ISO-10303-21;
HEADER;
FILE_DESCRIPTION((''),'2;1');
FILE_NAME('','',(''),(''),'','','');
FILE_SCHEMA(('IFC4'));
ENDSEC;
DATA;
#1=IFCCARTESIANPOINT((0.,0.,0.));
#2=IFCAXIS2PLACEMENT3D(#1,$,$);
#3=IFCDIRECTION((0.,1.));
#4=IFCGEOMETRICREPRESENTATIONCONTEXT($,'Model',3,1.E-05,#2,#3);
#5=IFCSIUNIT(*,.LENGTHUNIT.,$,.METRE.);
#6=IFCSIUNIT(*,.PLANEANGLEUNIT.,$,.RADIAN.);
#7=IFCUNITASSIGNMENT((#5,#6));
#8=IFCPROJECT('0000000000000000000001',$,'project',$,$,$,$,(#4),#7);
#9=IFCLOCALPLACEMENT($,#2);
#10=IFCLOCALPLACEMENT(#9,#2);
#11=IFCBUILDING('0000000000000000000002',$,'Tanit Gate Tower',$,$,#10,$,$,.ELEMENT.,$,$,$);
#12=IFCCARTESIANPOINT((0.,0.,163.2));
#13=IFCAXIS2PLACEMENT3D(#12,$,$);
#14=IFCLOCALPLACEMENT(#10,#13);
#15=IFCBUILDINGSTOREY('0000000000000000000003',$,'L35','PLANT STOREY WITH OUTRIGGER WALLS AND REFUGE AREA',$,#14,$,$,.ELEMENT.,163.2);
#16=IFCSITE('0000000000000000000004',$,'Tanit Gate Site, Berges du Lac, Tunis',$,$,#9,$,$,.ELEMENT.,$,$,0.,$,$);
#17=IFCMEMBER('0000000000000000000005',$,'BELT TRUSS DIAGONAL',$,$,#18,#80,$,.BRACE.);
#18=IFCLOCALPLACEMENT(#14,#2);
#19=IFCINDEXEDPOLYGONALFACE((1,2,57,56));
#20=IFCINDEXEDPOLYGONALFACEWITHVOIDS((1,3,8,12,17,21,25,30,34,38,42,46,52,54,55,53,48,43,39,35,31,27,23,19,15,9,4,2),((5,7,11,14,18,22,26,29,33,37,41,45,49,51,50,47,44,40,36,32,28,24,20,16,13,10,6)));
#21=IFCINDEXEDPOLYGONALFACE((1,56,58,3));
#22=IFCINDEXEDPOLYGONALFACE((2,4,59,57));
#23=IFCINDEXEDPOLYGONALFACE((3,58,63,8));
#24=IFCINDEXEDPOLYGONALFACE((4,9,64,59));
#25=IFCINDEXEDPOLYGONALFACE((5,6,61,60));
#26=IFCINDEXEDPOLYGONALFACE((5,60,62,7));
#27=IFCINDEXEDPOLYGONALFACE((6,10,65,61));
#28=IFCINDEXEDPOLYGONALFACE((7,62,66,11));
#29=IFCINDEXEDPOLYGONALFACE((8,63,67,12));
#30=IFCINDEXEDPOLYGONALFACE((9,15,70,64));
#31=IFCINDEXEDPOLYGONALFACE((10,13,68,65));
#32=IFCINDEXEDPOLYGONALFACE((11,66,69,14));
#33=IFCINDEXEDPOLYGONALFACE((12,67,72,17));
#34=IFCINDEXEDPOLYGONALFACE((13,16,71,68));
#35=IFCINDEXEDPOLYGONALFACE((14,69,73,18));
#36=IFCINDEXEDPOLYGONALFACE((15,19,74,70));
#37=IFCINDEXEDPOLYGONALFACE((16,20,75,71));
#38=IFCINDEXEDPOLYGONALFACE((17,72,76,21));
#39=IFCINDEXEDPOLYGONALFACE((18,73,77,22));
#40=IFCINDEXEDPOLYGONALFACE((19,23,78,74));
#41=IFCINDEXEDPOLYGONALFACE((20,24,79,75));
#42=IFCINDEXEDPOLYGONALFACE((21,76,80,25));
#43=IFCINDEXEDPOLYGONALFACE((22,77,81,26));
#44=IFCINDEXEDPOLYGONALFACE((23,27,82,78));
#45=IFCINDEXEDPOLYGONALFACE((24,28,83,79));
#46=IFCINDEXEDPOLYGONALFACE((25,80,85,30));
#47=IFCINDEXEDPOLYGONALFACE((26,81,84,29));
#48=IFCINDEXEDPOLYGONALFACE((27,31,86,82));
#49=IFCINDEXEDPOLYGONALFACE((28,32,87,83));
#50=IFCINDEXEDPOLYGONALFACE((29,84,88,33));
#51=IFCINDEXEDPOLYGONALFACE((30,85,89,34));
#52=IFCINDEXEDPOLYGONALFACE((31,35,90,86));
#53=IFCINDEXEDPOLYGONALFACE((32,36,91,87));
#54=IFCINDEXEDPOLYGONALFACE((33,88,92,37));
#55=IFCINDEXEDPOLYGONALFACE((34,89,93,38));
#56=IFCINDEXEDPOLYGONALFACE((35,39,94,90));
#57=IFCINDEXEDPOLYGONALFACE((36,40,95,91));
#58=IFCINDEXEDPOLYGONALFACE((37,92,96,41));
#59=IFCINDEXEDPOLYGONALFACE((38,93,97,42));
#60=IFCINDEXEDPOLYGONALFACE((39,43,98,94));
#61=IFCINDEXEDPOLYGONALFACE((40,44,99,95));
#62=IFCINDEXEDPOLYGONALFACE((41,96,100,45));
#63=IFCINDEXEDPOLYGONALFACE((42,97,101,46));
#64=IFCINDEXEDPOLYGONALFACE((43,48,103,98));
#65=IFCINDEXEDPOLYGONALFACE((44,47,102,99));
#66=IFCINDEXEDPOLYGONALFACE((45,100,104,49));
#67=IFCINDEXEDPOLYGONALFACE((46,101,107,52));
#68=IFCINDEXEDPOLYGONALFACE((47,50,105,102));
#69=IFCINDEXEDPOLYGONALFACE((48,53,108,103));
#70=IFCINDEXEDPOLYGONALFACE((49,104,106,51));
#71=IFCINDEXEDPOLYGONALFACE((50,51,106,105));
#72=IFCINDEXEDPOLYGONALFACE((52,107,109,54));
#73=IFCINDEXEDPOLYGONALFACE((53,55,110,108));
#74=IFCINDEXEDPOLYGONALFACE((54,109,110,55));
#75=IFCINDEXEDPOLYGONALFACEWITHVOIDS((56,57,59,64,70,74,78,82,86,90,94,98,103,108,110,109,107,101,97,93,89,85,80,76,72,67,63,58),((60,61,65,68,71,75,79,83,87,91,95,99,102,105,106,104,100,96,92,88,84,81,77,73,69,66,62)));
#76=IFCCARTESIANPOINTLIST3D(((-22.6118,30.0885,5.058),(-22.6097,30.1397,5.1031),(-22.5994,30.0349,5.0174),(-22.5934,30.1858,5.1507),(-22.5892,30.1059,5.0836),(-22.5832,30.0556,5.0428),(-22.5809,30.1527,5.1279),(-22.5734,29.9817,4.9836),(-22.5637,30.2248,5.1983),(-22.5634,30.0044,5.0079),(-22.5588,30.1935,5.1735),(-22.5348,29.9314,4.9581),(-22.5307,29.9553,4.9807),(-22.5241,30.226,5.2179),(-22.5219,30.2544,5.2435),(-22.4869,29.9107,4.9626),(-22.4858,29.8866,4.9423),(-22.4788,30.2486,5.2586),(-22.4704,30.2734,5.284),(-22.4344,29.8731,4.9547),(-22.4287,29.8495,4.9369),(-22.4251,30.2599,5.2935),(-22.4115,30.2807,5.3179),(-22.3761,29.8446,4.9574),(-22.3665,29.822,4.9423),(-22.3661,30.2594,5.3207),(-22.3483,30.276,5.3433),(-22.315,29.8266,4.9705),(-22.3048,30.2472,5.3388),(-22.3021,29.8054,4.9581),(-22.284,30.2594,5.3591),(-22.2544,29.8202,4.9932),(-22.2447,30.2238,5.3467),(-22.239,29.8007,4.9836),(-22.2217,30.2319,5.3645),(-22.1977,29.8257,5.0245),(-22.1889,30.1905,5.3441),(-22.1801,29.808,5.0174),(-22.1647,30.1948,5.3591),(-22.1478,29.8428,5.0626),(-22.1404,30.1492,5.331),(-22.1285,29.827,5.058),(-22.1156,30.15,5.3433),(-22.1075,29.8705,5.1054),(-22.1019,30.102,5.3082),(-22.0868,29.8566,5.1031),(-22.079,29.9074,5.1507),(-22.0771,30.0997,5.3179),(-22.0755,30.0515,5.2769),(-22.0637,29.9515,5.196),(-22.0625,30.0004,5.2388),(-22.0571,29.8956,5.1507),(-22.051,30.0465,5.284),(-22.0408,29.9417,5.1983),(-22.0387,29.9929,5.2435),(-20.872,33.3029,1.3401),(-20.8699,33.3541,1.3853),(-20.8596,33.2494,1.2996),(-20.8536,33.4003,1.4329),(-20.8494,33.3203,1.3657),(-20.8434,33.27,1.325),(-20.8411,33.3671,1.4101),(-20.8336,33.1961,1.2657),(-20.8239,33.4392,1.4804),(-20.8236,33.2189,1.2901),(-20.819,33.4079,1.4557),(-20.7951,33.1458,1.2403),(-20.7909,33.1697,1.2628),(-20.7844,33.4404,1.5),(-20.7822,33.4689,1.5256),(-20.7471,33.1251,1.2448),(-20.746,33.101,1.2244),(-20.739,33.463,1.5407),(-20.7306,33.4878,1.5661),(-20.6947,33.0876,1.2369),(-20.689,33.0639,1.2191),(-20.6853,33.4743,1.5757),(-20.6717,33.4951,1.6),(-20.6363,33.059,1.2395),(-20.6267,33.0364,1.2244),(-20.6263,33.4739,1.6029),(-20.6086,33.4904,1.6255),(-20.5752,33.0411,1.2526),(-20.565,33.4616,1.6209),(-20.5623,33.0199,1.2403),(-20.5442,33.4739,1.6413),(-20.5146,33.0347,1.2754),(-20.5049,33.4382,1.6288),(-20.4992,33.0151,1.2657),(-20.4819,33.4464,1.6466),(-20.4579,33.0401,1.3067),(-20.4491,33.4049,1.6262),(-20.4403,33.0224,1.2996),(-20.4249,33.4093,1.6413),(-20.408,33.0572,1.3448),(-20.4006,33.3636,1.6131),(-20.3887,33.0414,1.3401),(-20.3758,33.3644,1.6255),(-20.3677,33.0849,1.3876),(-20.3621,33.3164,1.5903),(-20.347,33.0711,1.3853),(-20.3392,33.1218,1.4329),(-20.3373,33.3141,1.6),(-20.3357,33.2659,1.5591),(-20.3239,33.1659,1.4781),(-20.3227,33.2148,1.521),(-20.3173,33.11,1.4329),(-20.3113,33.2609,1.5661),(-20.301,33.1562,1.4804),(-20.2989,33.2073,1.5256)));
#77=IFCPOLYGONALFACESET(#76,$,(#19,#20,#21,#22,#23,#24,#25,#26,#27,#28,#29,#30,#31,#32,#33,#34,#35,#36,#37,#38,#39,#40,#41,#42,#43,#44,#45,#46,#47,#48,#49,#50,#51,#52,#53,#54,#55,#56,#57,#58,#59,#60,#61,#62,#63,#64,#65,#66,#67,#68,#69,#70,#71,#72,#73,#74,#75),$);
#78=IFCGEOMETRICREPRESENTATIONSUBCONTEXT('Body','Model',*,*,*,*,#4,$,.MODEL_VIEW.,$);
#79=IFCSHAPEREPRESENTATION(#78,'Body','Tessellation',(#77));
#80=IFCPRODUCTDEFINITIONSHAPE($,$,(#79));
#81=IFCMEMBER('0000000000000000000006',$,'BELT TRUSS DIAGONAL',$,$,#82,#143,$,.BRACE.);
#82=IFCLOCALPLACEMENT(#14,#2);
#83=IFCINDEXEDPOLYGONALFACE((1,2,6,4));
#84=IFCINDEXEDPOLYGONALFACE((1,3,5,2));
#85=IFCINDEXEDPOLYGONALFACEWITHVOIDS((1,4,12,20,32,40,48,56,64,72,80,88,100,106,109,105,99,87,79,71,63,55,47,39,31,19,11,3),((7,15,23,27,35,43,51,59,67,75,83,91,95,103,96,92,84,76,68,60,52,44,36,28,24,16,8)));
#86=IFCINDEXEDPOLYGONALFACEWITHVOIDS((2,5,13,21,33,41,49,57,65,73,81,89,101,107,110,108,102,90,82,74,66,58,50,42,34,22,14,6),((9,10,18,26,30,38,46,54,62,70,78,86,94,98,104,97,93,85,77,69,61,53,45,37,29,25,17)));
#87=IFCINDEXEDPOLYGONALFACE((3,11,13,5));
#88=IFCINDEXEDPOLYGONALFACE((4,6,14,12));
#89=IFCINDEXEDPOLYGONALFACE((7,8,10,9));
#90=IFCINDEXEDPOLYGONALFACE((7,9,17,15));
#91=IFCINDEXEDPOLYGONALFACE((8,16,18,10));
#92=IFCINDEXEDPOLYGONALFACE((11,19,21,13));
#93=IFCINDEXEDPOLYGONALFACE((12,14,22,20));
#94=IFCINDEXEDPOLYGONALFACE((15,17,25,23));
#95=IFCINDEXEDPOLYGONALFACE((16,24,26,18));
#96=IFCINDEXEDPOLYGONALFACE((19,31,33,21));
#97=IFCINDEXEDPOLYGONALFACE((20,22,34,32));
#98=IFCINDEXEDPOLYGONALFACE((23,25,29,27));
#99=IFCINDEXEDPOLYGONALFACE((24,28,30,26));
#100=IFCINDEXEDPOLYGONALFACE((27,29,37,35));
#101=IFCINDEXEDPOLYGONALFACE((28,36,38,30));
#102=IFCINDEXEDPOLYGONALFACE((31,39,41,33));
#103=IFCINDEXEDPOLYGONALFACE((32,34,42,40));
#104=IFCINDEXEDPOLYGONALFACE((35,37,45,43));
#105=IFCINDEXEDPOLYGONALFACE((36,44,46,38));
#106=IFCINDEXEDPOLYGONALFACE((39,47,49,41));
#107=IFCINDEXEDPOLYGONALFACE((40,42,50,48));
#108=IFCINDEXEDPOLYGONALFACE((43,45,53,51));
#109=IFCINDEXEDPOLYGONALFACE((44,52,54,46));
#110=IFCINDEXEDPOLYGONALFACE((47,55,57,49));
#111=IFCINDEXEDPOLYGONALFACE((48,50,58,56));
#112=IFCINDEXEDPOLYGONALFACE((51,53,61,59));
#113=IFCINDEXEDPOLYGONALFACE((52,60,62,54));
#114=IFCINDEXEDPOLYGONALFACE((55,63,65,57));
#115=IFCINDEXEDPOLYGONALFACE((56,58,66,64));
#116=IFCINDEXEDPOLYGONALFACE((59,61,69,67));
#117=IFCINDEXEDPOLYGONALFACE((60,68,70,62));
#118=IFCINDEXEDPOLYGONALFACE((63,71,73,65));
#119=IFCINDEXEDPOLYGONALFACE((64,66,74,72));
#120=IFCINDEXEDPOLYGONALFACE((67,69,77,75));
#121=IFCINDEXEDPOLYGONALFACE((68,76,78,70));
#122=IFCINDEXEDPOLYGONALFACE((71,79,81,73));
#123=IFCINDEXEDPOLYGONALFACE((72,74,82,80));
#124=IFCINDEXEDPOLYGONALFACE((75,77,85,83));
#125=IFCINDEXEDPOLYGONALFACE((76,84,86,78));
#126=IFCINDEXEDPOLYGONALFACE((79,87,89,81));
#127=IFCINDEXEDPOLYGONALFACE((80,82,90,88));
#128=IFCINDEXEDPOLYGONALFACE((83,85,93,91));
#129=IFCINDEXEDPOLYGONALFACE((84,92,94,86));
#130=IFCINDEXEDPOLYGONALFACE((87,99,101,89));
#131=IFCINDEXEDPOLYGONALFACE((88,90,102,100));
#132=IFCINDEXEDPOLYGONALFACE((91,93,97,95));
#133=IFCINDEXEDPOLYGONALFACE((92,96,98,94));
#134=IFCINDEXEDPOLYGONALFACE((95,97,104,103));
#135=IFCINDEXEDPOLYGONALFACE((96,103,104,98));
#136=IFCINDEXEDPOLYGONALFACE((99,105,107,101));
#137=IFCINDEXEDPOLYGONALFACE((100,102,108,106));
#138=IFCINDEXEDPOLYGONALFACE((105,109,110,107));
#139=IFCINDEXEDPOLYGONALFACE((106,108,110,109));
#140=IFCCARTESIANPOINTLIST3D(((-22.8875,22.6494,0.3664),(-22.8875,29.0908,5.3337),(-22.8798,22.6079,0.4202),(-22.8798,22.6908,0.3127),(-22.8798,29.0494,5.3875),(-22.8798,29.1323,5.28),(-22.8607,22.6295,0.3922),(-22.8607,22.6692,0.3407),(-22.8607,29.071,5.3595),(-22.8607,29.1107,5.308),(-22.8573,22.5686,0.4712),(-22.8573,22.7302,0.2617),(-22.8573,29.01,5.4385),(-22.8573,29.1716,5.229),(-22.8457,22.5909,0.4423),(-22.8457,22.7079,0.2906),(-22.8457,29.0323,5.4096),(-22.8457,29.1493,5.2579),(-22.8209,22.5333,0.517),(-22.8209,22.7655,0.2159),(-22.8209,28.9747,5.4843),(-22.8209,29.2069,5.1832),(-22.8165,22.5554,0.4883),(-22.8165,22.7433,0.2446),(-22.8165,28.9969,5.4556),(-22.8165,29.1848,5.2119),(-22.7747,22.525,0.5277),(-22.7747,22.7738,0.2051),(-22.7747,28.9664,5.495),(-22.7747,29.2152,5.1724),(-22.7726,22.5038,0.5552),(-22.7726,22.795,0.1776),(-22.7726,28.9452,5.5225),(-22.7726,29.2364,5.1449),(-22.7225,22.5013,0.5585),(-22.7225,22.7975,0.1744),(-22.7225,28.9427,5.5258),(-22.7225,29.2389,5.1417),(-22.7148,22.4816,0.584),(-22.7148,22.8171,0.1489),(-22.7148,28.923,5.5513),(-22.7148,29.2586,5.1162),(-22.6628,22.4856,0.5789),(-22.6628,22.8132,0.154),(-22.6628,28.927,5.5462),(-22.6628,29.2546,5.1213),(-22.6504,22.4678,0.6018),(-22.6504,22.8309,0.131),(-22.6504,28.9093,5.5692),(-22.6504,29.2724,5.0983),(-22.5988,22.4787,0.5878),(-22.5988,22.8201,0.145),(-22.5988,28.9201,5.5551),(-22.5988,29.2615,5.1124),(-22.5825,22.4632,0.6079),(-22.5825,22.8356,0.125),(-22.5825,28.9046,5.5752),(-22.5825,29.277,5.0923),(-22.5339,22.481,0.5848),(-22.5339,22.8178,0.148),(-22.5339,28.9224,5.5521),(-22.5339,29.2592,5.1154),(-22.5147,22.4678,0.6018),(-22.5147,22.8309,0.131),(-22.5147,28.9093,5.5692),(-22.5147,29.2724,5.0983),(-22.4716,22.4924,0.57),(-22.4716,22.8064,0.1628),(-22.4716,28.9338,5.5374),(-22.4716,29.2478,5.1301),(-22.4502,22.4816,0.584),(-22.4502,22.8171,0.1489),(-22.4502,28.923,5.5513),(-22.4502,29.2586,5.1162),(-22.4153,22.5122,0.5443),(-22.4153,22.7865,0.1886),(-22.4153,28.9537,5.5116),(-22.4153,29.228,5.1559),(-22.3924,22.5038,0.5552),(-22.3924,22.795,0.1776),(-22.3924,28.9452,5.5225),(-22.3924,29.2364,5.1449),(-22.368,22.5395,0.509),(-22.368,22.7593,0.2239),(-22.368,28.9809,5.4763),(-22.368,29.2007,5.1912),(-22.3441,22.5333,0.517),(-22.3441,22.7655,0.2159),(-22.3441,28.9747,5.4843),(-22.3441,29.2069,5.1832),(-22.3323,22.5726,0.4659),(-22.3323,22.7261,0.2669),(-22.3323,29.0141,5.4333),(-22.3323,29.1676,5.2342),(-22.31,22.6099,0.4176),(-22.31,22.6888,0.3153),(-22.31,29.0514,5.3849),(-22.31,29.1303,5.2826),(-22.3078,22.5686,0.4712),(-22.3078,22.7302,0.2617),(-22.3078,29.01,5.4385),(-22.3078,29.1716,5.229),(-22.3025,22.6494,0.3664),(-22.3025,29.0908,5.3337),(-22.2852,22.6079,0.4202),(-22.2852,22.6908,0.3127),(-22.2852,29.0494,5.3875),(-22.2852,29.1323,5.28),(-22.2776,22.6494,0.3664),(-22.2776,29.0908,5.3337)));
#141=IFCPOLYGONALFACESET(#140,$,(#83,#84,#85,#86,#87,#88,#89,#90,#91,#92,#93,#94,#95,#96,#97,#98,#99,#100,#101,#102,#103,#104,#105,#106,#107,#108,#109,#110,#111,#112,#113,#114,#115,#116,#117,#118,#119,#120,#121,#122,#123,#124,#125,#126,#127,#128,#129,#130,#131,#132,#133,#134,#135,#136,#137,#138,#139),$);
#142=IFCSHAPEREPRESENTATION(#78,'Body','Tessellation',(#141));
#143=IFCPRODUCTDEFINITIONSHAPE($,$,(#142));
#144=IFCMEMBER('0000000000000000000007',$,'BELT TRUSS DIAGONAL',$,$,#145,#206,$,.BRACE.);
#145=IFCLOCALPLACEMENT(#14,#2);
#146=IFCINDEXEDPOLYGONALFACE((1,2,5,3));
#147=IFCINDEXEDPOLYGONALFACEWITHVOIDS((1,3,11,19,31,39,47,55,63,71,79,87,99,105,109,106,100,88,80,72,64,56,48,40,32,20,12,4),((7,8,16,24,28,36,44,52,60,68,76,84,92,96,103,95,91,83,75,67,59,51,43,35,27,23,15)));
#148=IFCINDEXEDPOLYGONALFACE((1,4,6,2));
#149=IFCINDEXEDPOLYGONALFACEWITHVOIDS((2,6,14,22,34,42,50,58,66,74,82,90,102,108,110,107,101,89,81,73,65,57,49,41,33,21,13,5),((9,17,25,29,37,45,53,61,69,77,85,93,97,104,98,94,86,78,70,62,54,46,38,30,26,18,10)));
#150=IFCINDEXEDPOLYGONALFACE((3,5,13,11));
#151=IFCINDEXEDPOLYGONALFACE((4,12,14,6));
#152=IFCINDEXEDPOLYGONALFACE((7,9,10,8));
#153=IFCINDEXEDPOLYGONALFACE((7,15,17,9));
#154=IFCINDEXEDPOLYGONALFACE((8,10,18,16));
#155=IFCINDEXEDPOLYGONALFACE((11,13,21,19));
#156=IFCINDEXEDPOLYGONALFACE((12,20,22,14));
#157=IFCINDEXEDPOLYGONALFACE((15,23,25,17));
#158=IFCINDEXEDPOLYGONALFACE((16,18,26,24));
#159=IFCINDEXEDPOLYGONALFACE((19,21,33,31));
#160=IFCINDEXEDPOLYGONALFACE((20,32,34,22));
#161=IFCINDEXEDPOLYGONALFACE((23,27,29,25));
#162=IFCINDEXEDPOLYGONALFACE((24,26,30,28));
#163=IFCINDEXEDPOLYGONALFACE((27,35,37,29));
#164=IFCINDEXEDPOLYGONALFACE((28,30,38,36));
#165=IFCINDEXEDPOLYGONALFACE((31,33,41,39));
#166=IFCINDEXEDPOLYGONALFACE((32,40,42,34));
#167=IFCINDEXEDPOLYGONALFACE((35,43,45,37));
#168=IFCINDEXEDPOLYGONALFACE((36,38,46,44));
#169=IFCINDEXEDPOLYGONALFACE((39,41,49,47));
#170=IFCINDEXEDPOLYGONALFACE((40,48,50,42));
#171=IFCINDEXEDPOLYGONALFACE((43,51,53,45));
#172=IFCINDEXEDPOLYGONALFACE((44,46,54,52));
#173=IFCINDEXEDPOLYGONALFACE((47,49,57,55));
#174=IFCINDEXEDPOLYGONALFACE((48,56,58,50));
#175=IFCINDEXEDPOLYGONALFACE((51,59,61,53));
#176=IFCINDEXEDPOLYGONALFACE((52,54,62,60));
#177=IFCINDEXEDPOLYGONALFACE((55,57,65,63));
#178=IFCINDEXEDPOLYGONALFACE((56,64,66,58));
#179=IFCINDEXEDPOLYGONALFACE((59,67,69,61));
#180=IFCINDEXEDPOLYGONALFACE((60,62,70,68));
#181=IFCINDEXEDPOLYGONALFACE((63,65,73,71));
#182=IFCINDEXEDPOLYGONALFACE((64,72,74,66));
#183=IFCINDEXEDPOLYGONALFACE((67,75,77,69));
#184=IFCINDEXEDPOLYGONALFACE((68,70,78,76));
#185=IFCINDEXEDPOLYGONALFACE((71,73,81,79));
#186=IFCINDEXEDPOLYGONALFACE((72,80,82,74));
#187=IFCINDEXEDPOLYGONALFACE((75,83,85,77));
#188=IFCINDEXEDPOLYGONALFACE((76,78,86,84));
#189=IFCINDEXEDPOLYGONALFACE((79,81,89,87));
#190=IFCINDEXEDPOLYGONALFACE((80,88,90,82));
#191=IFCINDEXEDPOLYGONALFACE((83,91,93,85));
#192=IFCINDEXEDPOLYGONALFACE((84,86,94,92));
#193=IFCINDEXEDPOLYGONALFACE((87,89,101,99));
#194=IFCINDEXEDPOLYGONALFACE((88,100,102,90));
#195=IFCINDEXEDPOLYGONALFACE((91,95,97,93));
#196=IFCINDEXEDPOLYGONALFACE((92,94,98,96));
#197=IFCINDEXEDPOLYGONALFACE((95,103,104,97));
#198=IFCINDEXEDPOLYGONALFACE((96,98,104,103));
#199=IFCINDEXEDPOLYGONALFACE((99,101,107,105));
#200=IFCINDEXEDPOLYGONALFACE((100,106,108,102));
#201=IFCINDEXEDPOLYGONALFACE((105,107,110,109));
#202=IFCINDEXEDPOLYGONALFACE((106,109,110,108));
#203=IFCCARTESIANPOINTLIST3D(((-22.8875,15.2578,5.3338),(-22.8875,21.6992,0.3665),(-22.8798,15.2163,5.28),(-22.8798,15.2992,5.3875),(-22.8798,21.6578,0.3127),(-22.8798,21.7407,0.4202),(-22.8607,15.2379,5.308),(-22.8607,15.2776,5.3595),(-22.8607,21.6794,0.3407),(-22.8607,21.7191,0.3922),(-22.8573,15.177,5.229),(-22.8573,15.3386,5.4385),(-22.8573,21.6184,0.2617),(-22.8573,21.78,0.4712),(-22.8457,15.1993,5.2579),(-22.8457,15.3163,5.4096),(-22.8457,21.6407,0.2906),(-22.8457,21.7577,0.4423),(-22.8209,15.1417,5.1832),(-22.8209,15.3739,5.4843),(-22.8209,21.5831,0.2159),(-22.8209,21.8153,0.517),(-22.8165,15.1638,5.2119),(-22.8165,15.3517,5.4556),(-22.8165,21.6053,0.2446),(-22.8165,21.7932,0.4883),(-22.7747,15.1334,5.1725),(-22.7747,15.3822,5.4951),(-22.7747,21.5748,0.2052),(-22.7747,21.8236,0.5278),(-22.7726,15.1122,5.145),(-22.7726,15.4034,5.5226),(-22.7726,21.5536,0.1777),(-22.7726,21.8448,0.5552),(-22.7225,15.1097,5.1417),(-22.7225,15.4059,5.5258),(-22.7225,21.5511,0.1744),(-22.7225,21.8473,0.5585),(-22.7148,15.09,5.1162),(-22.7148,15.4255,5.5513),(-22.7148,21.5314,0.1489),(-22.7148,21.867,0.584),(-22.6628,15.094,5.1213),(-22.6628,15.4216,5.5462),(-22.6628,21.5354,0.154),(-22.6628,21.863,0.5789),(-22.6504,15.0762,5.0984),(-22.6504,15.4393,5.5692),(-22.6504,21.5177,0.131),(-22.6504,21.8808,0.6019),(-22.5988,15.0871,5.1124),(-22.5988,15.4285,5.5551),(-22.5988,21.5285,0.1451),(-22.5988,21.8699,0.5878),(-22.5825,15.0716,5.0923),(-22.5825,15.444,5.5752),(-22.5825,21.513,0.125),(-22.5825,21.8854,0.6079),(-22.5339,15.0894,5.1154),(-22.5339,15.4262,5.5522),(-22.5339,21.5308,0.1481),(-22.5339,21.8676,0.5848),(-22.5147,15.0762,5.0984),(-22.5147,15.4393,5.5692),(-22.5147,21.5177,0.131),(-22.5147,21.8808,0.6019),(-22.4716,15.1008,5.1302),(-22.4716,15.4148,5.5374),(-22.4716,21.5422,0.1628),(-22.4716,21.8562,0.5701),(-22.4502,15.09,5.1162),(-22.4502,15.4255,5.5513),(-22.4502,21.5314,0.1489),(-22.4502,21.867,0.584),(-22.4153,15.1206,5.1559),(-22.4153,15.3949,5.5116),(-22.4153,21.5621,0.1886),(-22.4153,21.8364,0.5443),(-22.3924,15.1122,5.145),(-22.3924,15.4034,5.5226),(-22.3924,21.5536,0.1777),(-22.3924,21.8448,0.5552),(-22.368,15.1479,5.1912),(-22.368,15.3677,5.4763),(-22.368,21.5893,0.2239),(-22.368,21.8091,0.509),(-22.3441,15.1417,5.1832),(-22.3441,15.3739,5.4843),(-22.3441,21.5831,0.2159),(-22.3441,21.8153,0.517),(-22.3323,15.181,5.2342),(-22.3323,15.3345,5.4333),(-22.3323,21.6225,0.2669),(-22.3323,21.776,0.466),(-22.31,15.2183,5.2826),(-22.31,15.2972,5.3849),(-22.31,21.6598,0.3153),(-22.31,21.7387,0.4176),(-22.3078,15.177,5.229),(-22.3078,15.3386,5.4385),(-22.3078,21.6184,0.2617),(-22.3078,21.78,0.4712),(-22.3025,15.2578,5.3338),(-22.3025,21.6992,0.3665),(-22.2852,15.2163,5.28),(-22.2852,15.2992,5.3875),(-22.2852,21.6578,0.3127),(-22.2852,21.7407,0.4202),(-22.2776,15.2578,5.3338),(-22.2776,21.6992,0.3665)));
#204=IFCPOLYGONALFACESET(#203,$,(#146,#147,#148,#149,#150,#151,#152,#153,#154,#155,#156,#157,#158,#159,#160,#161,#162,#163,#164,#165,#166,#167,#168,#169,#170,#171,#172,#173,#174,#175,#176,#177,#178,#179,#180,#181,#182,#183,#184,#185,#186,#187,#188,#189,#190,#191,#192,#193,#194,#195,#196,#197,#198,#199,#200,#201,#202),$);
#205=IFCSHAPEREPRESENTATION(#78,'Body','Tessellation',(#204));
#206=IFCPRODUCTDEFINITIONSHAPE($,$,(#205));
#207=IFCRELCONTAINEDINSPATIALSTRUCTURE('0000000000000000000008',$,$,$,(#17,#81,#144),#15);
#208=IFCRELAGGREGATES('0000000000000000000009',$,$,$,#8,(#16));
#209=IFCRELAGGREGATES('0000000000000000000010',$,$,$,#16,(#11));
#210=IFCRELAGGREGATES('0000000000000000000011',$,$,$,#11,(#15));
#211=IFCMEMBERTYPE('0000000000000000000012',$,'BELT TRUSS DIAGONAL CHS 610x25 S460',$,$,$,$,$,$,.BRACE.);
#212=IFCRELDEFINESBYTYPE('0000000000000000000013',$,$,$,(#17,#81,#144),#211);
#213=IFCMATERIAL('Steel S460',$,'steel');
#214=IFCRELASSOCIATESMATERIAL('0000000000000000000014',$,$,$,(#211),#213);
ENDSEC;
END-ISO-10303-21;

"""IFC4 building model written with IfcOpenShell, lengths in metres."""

from ifc_helpers import new_model, si_unit, direction, frame, origin, origin_2d, place, context, subcontext, project, spatial, hollow_circle, extrude, material, material_profile, profile_set, type_object, element, save


model = new_model("IFC4")

# Units and contexts
model_context = context("Model", 3, precision=1e-05, world=origin(), true_north=direction((0.0, 1.0)))
body_context = subcontext(model_context, "Body", "Model", "MODEL_VIEW")
ifc_project = project(units=[si_unit("LENGTHUNIT", "METRE"), si_unit("PLANEANGLEUNIT", "RADIAN")], contexts=[model_context])

# Site, building, storey
site_placement = place(None, origin())
site = spatial("IfcSite", under=ifc_project, at=site_placement, Name="Tanit Gate Site, Berges du Lac, Tunis", CompositionType="ELEMENT", RefElevation=0.0)
building_placement = place(site_placement, origin())
building = spatial("IfcBuilding", under=site, at=building_placement, Name="Tanit Gate Tower", CompositionType="ELEMENT")
storey_placement = place(building_placement, frame((0.0, 0.0, 163.2)))
storey = spatial("IfcBuildingStorey", under=building, at=storey_placement, Name="L35", Description="PLANT STOREY WITH OUTRIGGER WALLS AND REFUGE AREA", CompositionType="ELEMENT", Elevation=163.2)

# Members
ifc_material_1 = material(Name="Steel S460", Category="steel")
ifc_material_profile_1 = material_profile(ifc_material_1, hollow_circle(Radius=0.3049, WallThickness=0.0249, at=origin_2d()), Name="CHS 610x25")
ifc_profile_set_1 = profile_set([ifc_material_profile_1], Name="Steel S460")
member_type = type_object("IfcMemberType", Name="BELT TRUSS DIAGONAL CHS 610x25 S460", PredefinedType="BRACE", material=ifc_profile_set_1)
member_placement = place(storey_placement, frame((-20.5854, 33.2551, 1.4329), z_axis=(-0.3337, -0.616544, 0.713104), x_axis=(0.879448, -0.475995, 0.0)))
element("IfcMember", 1, at=member_placement, inside=storey, type_object=member_type, Name="BELT TRUSS DIAGONAL", PredefinedType="BRACE", context=body_context, shape_type="SweptSolid", body=[
    extrude(hollow_circle(Radius=0.3049, WallThickness=0.0249, at=origin_2d()), origin(), (0.0, 0.0, 1.0), 5.2136),
])
for number, where, z_axis, x_axis, name in (
    (2, (-22.5825, 29.0908, 5.3337), (0.0, -0.791889, -0.610665), (1.0, 0.0, 0.0), "BELT TRUSS DIAGONAL"),
    (3, (-22.5825, 21.6992, 0.3665), (0.0, -0.791889, 0.610665), (1.0, 0.0, 0.0), "BELT TRUSS DIAGONAL"),
):
    element("IfcMember", number, at=place(storey_placement, frame(where, z_axis=z_axis, x_axis=x_axis)), inside=storey, type_object=member_type, Name=name, PredefinedType="BRACE", context=body_context, shape_type="SweptSolid", body=[
        extrude(hollow_circle(Radius=0.3049, WallThickness=0.0249, at=origin_2d()), origin(), (0.0, 0.0, 1.0), 8.1343),
    ])

save(model, "model.ifc")
